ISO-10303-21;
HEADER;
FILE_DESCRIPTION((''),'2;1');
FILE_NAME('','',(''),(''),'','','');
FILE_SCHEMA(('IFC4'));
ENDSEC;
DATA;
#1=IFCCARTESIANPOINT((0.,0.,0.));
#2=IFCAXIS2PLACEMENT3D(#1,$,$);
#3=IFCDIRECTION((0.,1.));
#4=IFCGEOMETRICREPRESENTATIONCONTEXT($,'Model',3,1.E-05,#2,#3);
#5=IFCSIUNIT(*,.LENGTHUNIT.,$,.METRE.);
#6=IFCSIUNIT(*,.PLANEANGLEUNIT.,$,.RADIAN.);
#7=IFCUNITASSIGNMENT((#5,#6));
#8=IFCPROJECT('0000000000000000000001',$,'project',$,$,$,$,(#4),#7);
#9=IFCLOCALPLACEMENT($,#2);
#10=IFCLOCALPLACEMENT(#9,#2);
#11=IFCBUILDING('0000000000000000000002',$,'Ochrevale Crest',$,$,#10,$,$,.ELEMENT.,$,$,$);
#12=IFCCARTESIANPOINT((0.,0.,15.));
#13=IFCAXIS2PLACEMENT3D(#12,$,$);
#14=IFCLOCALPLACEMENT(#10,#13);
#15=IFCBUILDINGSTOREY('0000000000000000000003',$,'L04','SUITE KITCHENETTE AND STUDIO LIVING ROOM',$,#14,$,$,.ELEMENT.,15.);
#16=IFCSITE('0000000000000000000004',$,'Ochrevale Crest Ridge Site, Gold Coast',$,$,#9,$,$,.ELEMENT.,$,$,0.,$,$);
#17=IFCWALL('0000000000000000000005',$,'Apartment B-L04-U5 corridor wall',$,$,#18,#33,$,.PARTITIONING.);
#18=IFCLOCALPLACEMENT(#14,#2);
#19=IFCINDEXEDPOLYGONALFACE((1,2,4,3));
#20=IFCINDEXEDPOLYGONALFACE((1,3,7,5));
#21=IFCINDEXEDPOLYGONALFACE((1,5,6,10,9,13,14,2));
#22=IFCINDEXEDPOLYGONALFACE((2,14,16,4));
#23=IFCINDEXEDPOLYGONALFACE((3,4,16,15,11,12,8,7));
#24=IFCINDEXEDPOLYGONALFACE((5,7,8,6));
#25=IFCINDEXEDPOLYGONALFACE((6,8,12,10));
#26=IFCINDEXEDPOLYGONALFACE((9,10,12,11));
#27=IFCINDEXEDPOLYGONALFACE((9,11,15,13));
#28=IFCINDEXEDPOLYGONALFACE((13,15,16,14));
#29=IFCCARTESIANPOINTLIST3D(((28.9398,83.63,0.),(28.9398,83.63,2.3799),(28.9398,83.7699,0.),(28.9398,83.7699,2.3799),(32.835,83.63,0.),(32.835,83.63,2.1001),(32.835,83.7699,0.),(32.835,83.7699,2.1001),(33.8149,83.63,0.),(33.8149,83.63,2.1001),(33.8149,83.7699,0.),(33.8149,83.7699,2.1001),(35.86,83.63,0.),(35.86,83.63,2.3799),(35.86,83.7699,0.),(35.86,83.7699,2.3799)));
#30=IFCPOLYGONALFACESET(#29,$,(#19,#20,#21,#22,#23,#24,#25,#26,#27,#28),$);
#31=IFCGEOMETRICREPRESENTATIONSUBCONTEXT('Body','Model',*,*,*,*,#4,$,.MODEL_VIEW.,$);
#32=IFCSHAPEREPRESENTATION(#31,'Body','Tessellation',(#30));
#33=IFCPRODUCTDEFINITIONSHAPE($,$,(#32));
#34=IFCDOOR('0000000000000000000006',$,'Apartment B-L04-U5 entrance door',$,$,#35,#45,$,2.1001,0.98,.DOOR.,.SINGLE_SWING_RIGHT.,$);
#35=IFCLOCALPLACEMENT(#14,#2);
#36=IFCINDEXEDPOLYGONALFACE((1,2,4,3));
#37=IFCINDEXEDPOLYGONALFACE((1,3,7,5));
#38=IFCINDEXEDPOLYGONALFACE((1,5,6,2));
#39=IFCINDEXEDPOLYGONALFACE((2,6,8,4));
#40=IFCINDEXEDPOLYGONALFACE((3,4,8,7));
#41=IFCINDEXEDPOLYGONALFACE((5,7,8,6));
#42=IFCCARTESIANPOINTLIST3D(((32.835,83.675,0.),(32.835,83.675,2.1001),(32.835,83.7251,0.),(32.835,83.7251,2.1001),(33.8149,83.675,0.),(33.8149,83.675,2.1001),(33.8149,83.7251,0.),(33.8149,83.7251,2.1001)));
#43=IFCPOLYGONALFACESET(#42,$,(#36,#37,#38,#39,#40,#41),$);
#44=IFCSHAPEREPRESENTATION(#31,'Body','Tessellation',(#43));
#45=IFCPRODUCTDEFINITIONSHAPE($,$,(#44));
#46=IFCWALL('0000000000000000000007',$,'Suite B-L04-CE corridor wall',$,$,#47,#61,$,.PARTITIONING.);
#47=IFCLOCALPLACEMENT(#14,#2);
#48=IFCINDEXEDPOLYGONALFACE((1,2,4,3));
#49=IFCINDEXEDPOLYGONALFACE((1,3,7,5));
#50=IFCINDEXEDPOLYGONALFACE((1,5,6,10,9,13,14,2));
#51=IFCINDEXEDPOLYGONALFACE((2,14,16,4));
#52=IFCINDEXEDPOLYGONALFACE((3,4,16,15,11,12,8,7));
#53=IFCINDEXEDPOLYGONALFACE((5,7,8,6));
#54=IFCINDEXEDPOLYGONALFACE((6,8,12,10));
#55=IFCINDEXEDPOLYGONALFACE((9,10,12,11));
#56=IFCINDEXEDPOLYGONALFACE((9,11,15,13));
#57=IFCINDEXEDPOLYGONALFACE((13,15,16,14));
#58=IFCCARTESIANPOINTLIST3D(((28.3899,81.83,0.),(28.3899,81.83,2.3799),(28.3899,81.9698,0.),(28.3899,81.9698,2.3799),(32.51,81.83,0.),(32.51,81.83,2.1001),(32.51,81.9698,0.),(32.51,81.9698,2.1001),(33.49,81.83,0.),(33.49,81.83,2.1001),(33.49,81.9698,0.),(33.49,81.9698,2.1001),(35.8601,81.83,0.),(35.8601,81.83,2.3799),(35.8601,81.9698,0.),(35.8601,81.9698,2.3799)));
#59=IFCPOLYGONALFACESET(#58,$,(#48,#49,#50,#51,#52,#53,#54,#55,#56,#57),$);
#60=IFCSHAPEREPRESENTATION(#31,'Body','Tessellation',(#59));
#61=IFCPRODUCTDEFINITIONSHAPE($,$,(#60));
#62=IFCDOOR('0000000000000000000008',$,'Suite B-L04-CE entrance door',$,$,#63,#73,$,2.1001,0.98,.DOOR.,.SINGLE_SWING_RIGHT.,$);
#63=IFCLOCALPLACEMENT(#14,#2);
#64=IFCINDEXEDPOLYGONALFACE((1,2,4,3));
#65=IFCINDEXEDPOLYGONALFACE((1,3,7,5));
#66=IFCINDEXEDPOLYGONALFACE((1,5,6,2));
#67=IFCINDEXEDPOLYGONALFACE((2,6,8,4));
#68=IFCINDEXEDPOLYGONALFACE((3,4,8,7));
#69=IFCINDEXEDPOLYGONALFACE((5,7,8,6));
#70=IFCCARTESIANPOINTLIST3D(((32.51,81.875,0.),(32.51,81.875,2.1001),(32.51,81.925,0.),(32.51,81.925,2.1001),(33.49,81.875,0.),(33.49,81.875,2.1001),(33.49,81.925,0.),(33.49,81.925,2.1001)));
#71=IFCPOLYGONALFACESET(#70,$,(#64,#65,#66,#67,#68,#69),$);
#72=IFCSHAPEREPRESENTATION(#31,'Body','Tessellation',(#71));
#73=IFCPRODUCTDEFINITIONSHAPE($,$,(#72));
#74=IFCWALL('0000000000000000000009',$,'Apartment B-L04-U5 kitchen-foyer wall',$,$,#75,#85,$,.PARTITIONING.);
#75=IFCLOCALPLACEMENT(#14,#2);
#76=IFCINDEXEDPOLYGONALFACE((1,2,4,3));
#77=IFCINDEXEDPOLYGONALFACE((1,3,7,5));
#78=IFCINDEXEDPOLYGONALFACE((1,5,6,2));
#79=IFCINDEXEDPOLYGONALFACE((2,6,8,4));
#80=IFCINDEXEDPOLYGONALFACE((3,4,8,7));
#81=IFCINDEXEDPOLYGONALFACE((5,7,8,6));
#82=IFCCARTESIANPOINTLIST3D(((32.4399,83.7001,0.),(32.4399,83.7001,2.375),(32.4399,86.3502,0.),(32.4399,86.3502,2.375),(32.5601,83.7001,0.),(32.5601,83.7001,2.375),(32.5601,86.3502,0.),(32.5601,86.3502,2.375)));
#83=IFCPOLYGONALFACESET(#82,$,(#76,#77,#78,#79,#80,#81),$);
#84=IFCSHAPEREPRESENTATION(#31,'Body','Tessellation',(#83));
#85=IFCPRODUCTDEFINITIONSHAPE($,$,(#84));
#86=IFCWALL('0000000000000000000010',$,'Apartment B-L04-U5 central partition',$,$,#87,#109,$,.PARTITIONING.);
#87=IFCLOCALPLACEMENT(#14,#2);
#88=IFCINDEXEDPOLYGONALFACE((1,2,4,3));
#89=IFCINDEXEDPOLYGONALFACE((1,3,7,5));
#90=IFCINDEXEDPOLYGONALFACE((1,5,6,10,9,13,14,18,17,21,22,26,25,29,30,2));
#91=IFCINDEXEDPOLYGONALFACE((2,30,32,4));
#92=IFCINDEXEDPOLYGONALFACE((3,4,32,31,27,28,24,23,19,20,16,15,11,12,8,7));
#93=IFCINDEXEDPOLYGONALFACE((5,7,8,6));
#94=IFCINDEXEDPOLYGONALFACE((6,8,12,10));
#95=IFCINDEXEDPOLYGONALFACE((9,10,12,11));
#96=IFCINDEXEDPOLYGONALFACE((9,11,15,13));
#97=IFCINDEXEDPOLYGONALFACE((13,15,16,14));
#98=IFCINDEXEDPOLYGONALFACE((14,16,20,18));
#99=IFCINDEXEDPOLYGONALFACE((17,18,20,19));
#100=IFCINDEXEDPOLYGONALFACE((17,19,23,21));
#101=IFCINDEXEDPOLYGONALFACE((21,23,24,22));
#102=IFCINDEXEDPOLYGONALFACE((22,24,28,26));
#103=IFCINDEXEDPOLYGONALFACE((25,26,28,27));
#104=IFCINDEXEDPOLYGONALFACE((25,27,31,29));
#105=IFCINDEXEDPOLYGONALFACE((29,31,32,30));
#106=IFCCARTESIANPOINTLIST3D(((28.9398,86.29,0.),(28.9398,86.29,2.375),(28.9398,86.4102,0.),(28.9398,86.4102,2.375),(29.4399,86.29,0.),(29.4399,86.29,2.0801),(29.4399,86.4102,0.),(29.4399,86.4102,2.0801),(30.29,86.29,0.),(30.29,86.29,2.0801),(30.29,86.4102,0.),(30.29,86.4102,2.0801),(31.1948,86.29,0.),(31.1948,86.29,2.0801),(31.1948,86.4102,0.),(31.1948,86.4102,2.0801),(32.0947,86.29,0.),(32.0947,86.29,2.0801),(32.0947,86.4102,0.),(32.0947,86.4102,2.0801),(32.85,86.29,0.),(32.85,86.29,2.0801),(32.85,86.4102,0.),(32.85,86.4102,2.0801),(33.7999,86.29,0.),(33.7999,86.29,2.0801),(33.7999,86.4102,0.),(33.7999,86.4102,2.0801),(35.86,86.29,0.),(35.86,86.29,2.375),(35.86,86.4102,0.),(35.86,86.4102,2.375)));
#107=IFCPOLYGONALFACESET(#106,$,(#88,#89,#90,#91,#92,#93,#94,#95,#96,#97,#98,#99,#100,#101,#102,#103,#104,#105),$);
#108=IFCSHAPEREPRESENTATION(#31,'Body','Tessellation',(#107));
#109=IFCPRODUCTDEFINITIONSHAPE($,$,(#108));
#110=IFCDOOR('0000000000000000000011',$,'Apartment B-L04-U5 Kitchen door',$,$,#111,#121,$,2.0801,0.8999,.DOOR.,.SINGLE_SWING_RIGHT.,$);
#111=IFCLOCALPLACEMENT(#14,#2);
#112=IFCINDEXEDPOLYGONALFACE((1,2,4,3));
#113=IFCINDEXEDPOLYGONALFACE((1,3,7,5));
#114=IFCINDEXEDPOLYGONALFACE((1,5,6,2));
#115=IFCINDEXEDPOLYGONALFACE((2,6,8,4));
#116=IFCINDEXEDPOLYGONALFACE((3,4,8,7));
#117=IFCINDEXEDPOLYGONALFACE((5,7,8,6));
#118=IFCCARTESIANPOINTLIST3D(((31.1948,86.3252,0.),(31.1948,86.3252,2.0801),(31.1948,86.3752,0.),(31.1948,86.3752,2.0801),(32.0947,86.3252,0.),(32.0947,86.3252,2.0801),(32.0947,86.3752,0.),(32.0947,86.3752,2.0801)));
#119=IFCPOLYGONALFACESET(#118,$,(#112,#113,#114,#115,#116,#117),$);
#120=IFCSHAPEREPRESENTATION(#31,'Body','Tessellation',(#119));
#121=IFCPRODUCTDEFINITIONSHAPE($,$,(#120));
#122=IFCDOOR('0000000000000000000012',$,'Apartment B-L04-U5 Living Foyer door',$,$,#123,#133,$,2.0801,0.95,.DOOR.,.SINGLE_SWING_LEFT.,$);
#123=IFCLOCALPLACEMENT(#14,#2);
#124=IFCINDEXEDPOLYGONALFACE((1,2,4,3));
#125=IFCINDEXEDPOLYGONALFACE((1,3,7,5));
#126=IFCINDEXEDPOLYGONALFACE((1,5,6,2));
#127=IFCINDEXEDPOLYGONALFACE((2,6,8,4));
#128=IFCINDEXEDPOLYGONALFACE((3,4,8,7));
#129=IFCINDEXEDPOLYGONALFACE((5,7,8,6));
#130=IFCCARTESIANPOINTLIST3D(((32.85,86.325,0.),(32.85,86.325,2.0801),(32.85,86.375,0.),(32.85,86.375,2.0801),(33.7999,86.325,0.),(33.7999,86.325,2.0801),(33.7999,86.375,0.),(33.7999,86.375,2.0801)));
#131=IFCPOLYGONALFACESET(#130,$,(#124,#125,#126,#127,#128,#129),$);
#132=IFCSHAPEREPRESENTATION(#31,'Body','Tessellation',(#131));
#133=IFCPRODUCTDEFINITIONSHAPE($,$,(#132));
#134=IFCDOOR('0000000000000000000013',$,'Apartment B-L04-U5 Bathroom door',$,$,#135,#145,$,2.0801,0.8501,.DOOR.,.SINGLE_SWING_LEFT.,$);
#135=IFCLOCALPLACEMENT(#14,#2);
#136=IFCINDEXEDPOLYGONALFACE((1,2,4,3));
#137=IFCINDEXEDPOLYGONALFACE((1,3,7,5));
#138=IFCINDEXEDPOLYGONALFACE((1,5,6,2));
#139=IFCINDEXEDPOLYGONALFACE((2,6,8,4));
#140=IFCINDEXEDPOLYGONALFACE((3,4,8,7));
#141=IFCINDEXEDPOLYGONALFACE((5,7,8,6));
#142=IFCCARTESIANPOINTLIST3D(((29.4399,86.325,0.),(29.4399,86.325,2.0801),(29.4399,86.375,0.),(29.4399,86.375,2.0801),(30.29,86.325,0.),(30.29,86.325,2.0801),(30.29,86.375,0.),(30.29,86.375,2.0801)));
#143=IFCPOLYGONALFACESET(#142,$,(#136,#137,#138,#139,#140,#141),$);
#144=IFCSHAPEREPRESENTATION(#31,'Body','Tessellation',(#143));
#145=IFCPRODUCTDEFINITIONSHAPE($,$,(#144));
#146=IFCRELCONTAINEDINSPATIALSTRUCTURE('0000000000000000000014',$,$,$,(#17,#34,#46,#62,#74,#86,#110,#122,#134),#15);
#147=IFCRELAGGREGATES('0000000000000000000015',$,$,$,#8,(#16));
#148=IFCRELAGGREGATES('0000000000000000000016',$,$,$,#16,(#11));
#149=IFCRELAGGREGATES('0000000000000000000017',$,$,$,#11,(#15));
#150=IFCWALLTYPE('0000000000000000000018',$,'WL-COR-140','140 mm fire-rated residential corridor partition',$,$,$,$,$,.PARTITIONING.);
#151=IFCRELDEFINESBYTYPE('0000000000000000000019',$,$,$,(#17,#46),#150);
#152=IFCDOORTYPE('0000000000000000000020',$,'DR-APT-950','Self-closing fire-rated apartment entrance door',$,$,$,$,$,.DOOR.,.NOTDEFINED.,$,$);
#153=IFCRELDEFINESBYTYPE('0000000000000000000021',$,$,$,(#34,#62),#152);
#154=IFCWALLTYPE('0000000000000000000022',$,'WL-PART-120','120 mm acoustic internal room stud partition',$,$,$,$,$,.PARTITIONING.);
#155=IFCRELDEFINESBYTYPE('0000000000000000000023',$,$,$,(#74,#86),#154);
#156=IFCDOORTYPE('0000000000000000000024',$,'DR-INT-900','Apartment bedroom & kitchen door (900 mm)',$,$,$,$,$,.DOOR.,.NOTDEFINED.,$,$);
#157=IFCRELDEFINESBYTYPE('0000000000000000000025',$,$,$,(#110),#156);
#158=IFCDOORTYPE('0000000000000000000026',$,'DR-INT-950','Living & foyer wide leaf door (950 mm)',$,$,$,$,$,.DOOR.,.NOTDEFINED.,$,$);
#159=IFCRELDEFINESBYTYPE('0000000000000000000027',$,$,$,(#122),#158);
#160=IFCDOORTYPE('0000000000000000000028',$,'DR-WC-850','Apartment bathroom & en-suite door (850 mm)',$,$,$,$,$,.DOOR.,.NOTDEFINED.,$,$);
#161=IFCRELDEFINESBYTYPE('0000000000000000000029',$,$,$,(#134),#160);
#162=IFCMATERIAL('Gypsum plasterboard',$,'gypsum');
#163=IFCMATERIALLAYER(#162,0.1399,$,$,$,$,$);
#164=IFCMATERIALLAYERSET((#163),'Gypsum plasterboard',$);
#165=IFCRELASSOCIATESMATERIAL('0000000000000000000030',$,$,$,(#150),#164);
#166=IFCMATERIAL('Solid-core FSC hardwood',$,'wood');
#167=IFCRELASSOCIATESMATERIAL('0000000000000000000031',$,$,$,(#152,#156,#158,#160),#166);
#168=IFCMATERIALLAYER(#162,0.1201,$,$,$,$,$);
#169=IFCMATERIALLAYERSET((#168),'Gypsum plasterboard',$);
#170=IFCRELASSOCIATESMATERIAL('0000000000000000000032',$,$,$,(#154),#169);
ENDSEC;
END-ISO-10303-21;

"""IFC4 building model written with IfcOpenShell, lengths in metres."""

from ifc_helpers import new_model, si_unit, direction, frame, frame_2d, origin, place, context, subcontext, project, spatial, rectangle, extrude, material, layer, layer_set, type_object, element, fill, save


model = new_model("IFC4")

# Units and contexts
model_context = context("Model", 3, precision=1e-05, world=origin(), true_north=direction((0.0, 1.0)))
body_context = subcontext(model_context, "Body", "Model", "MODEL_VIEW")
ifc_project = project(units=[si_unit("LENGTHUNIT", "METRE"), si_unit("PLANEANGLEUNIT", "RADIAN")], contexts=[model_context])

# Site, building, storey
site_placement = place(None, origin())
site = spatial("IfcSite", under=ifc_project, at=site_placement, Name="Ochrevale Crest Ridge Site, Gold Coast", CompositionType="ELEMENT", RefElevation=0.0)
building_placement = place(site_placement, origin())
building = spatial("IfcBuilding", under=site, at=building_placement, Name="Ochrevale Crest", CompositionType="ELEMENT")
storey_placement = place(building_placement, frame((0.0, 0.0, 15.0)))
storey = spatial("IfcBuildingStorey", under=building, at=storey_placement, Name="L04", Description="SUITE KITCHENETTE AND STUDIO LIVING ROOM", CompositionType="ELEMENT", Elevation=15.0)

# Walls, openings, doors
ifc_material_1 = material(Name="Gypsum plasterboard", Category="gypsum")
ifc_layer_1 = layer(ifc_material_1, 0.1399)
ifc_layer_set_1 = layer_set([ifc_layer_1], Name="Gypsum plasterboard")
wall_type_1 = type_object("IfcWallType", Name="WL-COR-140", Description="140 mm fire-rated residential corridor partition", PredefinedType="PARTITIONING", material=ifc_layer_set_1)
wall_1_placement = place(storey_placement, frame((28.9399, 83.7, 0.0), z_axis=(0.0, 0.0, 1.0), x_axis=(1.0, 0.0, 0.0)))
wall_1 = element("IfcWall", 1, at=wall_1_placement, inside=storey, type_object=wall_type_1, Name="Apartment B-L04-U5 corridor wall", PredefinedType="PARTITIONING", context=body_context, shape_type="SweptSolid", body=[
    extrude(rectangle(XDim=6.9202, YDim=0.1399, at=frame_2d((3.46, 0.0))), origin(), (0.0, 0.0, 1.0), 2.3799),
])
opening_1_placement = place(wall_1_placement, frame((4.875, 0.0, 0.0), z_axis=(0.0, 0.0, 1.0), x_axis=(-1.0, 0.0, 0.0)))
opening_1 = element("IfcOpeningElement", 2, at=opening_1_placement, cuts=wall_1, PredefinedType="OPENING", context=body_context, shape_type="SweptSolid", body=[
    extrude(rectangle(XDim=0.98, YDim=2.1001, at=frame_2d((0.49, 1.05))), frame((0.0, 0.0801, 0.0), z_axis=(0.0, -1.0, 0.0), x_axis=(1.0, 0.0, 0.0)), (0.0, 0.0, 1.0), 0.1599),
])
ifc_material_2 = material(Name="Solid-core FSC hardwood", Category="wood")
door_type_1 = type_object("IfcDoorType", Name="DR-APT-950", Description="Self-closing fire-rated apartment entrance door", OperationType="NOTDEFINED", PredefinedType="DOOR", material=ifc_material_2)
door_1_placement = place(opening_1_placement, origin())
door_1 = element("IfcDoor", 3, at=door_1_placement, inside=storey, type_object=door_type_1, Name="Apartment B-L04-U5 entrance door", OperationType="SINGLE_SWING_RIGHT", OverallHeight=2.1001, OverallWidth=0.98, PredefinedType="DOOR", context=body_context, shape_type="SweptSolid", body=[
    extrude(rectangle(XDim=0.98, YDim=2.1001, at=frame_2d((0.49, 1.05))), frame((0.0, 0.0249, 0.0), z_axis=(0.0, -1.0, 0.0), x_axis=(1.0, 0.0, 0.0)), (0.0, 0.0, 1.0), 0.05),
])
fill(opening_1, door_1)
wall_2_placement = place(storey_placement, frame((28.3899, 81.8999, 0.0), z_axis=(0.0, 0.0, 1.0), x_axis=(1.0, 0.0, 0.0)))
wall_2 = element("IfcWall", 4, at=wall_2_placement, inside=storey, type_object=wall_type_1, Name="Suite B-L04-CE corridor wall", PredefinedType="PARTITIONING", context=body_context, shape_type="SweptSolid", body=[
    extrude(rectangle(XDim=7.4702, YDim=0.1399, at=frame_2d((3.7351, 0.0))), origin(), (0.0, 0.0, 1.0), 2.3799),
])
opening_2_placement = place(wall_2_placement, frame((5.1001, 0.0, 0.0), z_axis=(0.0, 0.0, 1.0), x_axis=(-1.0, 0.0, 0.0)))
opening_2 = element("IfcOpeningElement", 5, at=opening_2_placement, cuts=wall_2, PredefinedType="OPENING", context=body_context, shape_type="SweptSolid", body=[
    extrude(rectangle(XDim=0.98, YDim=2.1001, at=frame_2d((0.49, 1.05))), frame((0.0, 0.0801, 0.0), z_axis=(0.0, -1.0, 0.0), x_axis=(1.0, 0.0, 0.0)), (0.0, 0.0, 1.0), 0.1599),
])
door_2_placement = place(opening_2_placement, origin())
door_2 = element("IfcDoor", 6, at=door_2_placement, inside=storey, type_object=door_type_1, Name="Suite B-L04-CE entrance door", OperationType="SINGLE_SWING_RIGHT", OverallHeight=2.1001, OverallWidth=0.98, PredefinedType="DOOR", context=body_context, shape_type="SweptSolid", body=[
    extrude(rectangle(XDim=0.98, YDim=2.1001, at=frame_2d((0.49, 1.05))), frame((0.0, 0.0249, 0.0), z_axis=(0.0, -1.0, 0.0), x_axis=(1.0, 0.0, 0.0)), (0.0, 0.0, 1.0), 0.05),
])
fill(opening_2, door_2)

# Wall
ifc_layer_2 = layer(ifc_material_1, 0.1201)
ifc_layer_set_2 = layer_set([ifc_layer_2], Name="Gypsum plasterboard")
wall_type_2 = type_object("IfcWallType", Name="WL-PART-120", Description="120 mm acoustic internal room stud partition", PredefinedType="PARTITIONING", material=ifc_layer_set_2)
wall_3_placement = place(storey_placement, frame((32.5, 83.7, 0.0), z_axis=(0.0, 0.0, 1.0), x_axis=(0.0, 1.0, 0.0)))
element("IfcWall", 7, at=wall_3_placement, inside=storey, type_object=wall_type_2, Name="Apartment B-L04-U5 kitchen-foyer wall", PredefinedType="PARTITIONING", context=body_context, shape_type="SweptSolid", body=[
    extrude(rectangle(XDim=2.6501, YDim=0.1201, at=frame_2d((1.3252, 0.0))), origin(), (0.0, 0.0, 1.0), 2.375),
])

# Wall, openings, doors
wall_4_placement = place(storey_placement, frame((28.9399, 86.3501, 0.0), z_axis=(0.0, 0.0, 1.0), x_axis=(1.0, 0.0, 0.0)))
wall_4 = element("IfcWall", 8, at=wall_4_placement, inside=storey, type_object=wall_type_2, Name="Apartment B-L04-U5 central partition", PredefinedType="PARTITIONING", context=body_context, shape_type="SweptSolid", body=[
    extrude(rectangle(XDim=6.9202, YDim=0.1201, at=frame_2d((3.46, 0.0))), origin(), (0.0, 0.0, 1.0), 2.375),
])
opening_3_placement = place(wall_4_placement, frame((0.5, 0.0, 0.0)))
opening_3 = element("IfcOpeningElement", 9, at=opening_3_placement, cuts=wall_4, PredefinedType="OPENING", context=body_context, shape_type="SweptSolid", body=[
    extrude(rectangle(XDim=0.8501, YDim=2.0801, at=frame_2d((0.425, 1.04))), frame((0.0, 0.0701, 0.0), z_axis=(0.0, -1.0, 0.0), x_axis=(1.0, 0.0, 0.0)), (0.0, 0.0, 1.0), 0.1401),
])
opening_4_placement = place(wall_4_placement, frame((3.1548, 0.0, 0.0), z_axis=(0.0, 0.0, 1.0), x_axis=(-1.0, 0.0, 0.0)))
opening_4 = element("IfcOpeningElement", 10, at=opening_4_placement, cuts=wall_4, PredefinedType="OPENING", context=body_context, shape_type="SweptSolid", body=[
    extrude(rectangle(XDim=0.8999, YDim=2.0801, at=frame_2d((0.45, 1.04))), frame((0.0, 0.0701, 0.0), z_axis=(0.0, -1.0, 0.0), x_axis=(1.0, 0.0, 0.0)), (0.0, 0.0, 1.0), 0.1401),
])
opening_5_placement = place(wall_4_placement, frame((3.9099, 0.0, 0.0)))
opening_5 = element("IfcOpeningElement", 11, at=opening_5_placement, cuts=wall_4, PredefinedType="OPENING", context=body_context, shape_type="SweptSolid", body=[
    extrude(rectangle(XDim=0.95, YDim=2.0801, at=frame_2d((0.4751, 1.04))), frame((0.0, 0.0701, 0.0), z_axis=(0.0, -1.0, 0.0), x_axis=(1.0, 0.0, 0.0)), (0.0, 0.0, 1.0), 0.1401),
])
door_type_2 = type_object("IfcDoorType", Name="DR-INT-900", Description="Apartment bedroom & kitchen door (900 mm)", OperationType="NOTDEFINED", PredefinedType="DOOR", material=ifc_material_2)
door_3_placement = place(opening_4_placement, origin())
door_3 = element("IfcDoor", 12, at=door_3_placement, inside=storey, type_object=door_type_2, Name="Apartment B-L04-U5 Kitchen door", OperationType="SINGLE_SWING_RIGHT", OverallHeight=2.0801, OverallWidth=0.8999, PredefinedType="DOOR", context=body_context, shape_type="SweptSolid", body=[
    extrude(rectangle(XDim=0.8999, YDim=2.0801, at=frame_2d((0.45, 1.04))), frame((0.0, 0.0249, 0.0), z_axis=(0.0, -1.0, 0.0), x_axis=(1.0, 0.0, 0.0)), (0.0, 0.0, 1.0), 0.05),
])
fill(opening_4, door_3)
door_type_3 = type_object("IfcDoorType", Name="DR-INT-950", Description="Living & foyer wide leaf door (950 mm)", OperationType="NOTDEFINED", PredefinedType="DOOR", material=ifc_material_2)
door_4_placement = place(opening_5_placement, origin())
door_4 = element("IfcDoor", 13, at=door_4_placement, inside=storey, type_object=door_type_3, Name="Apartment B-L04-U5 Living Foyer door", OperationType="SINGLE_SWING_LEFT", OverallHeight=2.0801, OverallWidth=0.95, PredefinedType="DOOR", context=body_context, shape_type="SweptSolid", body=[
    extrude(rectangle(XDim=0.95, YDim=2.0801, at=frame_2d((0.4751, 1.04))), frame((0.0, 0.0249, 0.0), z_axis=(0.0, -1.0, 0.0), x_axis=(1.0, 0.0, 0.0)), (0.0, 0.0, 1.0), 0.05),
])
fill(opening_5, door_4)
door_type_4 = type_object("IfcDoorType", Name="DR-WC-850", Description="Apartment bathroom & en-suite door (850 mm)", OperationType="NOTDEFINED", PredefinedType="DOOR", material=ifc_material_2)
door_5_placement = place(opening_3_placement, origin())
door_5 = element("IfcDoor", 14, at=door_5_placement, inside=storey, type_object=door_type_4, Name="Apartment B-L04-U5 Bathroom door", OperationType="SINGLE_SWING_LEFT", OverallHeight=2.0801, OverallWidth=0.8501, PredefinedType="DOOR", context=body_context, shape_type="SweptSolid", body=[
    extrude(rectangle(XDim=0.8501, YDim=2.0801, at=frame_2d((0.425, 1.04))), frame((0.0, 0.0249, 0.0), z_axis=(0.0, -1.0, 0.0), x_axis=(1.0, 0.0, 0.0)), (0.0, 0.0, 1.0), 0.05),
])
fill(opening_3, door_5)

save(model, "model.ifc")
